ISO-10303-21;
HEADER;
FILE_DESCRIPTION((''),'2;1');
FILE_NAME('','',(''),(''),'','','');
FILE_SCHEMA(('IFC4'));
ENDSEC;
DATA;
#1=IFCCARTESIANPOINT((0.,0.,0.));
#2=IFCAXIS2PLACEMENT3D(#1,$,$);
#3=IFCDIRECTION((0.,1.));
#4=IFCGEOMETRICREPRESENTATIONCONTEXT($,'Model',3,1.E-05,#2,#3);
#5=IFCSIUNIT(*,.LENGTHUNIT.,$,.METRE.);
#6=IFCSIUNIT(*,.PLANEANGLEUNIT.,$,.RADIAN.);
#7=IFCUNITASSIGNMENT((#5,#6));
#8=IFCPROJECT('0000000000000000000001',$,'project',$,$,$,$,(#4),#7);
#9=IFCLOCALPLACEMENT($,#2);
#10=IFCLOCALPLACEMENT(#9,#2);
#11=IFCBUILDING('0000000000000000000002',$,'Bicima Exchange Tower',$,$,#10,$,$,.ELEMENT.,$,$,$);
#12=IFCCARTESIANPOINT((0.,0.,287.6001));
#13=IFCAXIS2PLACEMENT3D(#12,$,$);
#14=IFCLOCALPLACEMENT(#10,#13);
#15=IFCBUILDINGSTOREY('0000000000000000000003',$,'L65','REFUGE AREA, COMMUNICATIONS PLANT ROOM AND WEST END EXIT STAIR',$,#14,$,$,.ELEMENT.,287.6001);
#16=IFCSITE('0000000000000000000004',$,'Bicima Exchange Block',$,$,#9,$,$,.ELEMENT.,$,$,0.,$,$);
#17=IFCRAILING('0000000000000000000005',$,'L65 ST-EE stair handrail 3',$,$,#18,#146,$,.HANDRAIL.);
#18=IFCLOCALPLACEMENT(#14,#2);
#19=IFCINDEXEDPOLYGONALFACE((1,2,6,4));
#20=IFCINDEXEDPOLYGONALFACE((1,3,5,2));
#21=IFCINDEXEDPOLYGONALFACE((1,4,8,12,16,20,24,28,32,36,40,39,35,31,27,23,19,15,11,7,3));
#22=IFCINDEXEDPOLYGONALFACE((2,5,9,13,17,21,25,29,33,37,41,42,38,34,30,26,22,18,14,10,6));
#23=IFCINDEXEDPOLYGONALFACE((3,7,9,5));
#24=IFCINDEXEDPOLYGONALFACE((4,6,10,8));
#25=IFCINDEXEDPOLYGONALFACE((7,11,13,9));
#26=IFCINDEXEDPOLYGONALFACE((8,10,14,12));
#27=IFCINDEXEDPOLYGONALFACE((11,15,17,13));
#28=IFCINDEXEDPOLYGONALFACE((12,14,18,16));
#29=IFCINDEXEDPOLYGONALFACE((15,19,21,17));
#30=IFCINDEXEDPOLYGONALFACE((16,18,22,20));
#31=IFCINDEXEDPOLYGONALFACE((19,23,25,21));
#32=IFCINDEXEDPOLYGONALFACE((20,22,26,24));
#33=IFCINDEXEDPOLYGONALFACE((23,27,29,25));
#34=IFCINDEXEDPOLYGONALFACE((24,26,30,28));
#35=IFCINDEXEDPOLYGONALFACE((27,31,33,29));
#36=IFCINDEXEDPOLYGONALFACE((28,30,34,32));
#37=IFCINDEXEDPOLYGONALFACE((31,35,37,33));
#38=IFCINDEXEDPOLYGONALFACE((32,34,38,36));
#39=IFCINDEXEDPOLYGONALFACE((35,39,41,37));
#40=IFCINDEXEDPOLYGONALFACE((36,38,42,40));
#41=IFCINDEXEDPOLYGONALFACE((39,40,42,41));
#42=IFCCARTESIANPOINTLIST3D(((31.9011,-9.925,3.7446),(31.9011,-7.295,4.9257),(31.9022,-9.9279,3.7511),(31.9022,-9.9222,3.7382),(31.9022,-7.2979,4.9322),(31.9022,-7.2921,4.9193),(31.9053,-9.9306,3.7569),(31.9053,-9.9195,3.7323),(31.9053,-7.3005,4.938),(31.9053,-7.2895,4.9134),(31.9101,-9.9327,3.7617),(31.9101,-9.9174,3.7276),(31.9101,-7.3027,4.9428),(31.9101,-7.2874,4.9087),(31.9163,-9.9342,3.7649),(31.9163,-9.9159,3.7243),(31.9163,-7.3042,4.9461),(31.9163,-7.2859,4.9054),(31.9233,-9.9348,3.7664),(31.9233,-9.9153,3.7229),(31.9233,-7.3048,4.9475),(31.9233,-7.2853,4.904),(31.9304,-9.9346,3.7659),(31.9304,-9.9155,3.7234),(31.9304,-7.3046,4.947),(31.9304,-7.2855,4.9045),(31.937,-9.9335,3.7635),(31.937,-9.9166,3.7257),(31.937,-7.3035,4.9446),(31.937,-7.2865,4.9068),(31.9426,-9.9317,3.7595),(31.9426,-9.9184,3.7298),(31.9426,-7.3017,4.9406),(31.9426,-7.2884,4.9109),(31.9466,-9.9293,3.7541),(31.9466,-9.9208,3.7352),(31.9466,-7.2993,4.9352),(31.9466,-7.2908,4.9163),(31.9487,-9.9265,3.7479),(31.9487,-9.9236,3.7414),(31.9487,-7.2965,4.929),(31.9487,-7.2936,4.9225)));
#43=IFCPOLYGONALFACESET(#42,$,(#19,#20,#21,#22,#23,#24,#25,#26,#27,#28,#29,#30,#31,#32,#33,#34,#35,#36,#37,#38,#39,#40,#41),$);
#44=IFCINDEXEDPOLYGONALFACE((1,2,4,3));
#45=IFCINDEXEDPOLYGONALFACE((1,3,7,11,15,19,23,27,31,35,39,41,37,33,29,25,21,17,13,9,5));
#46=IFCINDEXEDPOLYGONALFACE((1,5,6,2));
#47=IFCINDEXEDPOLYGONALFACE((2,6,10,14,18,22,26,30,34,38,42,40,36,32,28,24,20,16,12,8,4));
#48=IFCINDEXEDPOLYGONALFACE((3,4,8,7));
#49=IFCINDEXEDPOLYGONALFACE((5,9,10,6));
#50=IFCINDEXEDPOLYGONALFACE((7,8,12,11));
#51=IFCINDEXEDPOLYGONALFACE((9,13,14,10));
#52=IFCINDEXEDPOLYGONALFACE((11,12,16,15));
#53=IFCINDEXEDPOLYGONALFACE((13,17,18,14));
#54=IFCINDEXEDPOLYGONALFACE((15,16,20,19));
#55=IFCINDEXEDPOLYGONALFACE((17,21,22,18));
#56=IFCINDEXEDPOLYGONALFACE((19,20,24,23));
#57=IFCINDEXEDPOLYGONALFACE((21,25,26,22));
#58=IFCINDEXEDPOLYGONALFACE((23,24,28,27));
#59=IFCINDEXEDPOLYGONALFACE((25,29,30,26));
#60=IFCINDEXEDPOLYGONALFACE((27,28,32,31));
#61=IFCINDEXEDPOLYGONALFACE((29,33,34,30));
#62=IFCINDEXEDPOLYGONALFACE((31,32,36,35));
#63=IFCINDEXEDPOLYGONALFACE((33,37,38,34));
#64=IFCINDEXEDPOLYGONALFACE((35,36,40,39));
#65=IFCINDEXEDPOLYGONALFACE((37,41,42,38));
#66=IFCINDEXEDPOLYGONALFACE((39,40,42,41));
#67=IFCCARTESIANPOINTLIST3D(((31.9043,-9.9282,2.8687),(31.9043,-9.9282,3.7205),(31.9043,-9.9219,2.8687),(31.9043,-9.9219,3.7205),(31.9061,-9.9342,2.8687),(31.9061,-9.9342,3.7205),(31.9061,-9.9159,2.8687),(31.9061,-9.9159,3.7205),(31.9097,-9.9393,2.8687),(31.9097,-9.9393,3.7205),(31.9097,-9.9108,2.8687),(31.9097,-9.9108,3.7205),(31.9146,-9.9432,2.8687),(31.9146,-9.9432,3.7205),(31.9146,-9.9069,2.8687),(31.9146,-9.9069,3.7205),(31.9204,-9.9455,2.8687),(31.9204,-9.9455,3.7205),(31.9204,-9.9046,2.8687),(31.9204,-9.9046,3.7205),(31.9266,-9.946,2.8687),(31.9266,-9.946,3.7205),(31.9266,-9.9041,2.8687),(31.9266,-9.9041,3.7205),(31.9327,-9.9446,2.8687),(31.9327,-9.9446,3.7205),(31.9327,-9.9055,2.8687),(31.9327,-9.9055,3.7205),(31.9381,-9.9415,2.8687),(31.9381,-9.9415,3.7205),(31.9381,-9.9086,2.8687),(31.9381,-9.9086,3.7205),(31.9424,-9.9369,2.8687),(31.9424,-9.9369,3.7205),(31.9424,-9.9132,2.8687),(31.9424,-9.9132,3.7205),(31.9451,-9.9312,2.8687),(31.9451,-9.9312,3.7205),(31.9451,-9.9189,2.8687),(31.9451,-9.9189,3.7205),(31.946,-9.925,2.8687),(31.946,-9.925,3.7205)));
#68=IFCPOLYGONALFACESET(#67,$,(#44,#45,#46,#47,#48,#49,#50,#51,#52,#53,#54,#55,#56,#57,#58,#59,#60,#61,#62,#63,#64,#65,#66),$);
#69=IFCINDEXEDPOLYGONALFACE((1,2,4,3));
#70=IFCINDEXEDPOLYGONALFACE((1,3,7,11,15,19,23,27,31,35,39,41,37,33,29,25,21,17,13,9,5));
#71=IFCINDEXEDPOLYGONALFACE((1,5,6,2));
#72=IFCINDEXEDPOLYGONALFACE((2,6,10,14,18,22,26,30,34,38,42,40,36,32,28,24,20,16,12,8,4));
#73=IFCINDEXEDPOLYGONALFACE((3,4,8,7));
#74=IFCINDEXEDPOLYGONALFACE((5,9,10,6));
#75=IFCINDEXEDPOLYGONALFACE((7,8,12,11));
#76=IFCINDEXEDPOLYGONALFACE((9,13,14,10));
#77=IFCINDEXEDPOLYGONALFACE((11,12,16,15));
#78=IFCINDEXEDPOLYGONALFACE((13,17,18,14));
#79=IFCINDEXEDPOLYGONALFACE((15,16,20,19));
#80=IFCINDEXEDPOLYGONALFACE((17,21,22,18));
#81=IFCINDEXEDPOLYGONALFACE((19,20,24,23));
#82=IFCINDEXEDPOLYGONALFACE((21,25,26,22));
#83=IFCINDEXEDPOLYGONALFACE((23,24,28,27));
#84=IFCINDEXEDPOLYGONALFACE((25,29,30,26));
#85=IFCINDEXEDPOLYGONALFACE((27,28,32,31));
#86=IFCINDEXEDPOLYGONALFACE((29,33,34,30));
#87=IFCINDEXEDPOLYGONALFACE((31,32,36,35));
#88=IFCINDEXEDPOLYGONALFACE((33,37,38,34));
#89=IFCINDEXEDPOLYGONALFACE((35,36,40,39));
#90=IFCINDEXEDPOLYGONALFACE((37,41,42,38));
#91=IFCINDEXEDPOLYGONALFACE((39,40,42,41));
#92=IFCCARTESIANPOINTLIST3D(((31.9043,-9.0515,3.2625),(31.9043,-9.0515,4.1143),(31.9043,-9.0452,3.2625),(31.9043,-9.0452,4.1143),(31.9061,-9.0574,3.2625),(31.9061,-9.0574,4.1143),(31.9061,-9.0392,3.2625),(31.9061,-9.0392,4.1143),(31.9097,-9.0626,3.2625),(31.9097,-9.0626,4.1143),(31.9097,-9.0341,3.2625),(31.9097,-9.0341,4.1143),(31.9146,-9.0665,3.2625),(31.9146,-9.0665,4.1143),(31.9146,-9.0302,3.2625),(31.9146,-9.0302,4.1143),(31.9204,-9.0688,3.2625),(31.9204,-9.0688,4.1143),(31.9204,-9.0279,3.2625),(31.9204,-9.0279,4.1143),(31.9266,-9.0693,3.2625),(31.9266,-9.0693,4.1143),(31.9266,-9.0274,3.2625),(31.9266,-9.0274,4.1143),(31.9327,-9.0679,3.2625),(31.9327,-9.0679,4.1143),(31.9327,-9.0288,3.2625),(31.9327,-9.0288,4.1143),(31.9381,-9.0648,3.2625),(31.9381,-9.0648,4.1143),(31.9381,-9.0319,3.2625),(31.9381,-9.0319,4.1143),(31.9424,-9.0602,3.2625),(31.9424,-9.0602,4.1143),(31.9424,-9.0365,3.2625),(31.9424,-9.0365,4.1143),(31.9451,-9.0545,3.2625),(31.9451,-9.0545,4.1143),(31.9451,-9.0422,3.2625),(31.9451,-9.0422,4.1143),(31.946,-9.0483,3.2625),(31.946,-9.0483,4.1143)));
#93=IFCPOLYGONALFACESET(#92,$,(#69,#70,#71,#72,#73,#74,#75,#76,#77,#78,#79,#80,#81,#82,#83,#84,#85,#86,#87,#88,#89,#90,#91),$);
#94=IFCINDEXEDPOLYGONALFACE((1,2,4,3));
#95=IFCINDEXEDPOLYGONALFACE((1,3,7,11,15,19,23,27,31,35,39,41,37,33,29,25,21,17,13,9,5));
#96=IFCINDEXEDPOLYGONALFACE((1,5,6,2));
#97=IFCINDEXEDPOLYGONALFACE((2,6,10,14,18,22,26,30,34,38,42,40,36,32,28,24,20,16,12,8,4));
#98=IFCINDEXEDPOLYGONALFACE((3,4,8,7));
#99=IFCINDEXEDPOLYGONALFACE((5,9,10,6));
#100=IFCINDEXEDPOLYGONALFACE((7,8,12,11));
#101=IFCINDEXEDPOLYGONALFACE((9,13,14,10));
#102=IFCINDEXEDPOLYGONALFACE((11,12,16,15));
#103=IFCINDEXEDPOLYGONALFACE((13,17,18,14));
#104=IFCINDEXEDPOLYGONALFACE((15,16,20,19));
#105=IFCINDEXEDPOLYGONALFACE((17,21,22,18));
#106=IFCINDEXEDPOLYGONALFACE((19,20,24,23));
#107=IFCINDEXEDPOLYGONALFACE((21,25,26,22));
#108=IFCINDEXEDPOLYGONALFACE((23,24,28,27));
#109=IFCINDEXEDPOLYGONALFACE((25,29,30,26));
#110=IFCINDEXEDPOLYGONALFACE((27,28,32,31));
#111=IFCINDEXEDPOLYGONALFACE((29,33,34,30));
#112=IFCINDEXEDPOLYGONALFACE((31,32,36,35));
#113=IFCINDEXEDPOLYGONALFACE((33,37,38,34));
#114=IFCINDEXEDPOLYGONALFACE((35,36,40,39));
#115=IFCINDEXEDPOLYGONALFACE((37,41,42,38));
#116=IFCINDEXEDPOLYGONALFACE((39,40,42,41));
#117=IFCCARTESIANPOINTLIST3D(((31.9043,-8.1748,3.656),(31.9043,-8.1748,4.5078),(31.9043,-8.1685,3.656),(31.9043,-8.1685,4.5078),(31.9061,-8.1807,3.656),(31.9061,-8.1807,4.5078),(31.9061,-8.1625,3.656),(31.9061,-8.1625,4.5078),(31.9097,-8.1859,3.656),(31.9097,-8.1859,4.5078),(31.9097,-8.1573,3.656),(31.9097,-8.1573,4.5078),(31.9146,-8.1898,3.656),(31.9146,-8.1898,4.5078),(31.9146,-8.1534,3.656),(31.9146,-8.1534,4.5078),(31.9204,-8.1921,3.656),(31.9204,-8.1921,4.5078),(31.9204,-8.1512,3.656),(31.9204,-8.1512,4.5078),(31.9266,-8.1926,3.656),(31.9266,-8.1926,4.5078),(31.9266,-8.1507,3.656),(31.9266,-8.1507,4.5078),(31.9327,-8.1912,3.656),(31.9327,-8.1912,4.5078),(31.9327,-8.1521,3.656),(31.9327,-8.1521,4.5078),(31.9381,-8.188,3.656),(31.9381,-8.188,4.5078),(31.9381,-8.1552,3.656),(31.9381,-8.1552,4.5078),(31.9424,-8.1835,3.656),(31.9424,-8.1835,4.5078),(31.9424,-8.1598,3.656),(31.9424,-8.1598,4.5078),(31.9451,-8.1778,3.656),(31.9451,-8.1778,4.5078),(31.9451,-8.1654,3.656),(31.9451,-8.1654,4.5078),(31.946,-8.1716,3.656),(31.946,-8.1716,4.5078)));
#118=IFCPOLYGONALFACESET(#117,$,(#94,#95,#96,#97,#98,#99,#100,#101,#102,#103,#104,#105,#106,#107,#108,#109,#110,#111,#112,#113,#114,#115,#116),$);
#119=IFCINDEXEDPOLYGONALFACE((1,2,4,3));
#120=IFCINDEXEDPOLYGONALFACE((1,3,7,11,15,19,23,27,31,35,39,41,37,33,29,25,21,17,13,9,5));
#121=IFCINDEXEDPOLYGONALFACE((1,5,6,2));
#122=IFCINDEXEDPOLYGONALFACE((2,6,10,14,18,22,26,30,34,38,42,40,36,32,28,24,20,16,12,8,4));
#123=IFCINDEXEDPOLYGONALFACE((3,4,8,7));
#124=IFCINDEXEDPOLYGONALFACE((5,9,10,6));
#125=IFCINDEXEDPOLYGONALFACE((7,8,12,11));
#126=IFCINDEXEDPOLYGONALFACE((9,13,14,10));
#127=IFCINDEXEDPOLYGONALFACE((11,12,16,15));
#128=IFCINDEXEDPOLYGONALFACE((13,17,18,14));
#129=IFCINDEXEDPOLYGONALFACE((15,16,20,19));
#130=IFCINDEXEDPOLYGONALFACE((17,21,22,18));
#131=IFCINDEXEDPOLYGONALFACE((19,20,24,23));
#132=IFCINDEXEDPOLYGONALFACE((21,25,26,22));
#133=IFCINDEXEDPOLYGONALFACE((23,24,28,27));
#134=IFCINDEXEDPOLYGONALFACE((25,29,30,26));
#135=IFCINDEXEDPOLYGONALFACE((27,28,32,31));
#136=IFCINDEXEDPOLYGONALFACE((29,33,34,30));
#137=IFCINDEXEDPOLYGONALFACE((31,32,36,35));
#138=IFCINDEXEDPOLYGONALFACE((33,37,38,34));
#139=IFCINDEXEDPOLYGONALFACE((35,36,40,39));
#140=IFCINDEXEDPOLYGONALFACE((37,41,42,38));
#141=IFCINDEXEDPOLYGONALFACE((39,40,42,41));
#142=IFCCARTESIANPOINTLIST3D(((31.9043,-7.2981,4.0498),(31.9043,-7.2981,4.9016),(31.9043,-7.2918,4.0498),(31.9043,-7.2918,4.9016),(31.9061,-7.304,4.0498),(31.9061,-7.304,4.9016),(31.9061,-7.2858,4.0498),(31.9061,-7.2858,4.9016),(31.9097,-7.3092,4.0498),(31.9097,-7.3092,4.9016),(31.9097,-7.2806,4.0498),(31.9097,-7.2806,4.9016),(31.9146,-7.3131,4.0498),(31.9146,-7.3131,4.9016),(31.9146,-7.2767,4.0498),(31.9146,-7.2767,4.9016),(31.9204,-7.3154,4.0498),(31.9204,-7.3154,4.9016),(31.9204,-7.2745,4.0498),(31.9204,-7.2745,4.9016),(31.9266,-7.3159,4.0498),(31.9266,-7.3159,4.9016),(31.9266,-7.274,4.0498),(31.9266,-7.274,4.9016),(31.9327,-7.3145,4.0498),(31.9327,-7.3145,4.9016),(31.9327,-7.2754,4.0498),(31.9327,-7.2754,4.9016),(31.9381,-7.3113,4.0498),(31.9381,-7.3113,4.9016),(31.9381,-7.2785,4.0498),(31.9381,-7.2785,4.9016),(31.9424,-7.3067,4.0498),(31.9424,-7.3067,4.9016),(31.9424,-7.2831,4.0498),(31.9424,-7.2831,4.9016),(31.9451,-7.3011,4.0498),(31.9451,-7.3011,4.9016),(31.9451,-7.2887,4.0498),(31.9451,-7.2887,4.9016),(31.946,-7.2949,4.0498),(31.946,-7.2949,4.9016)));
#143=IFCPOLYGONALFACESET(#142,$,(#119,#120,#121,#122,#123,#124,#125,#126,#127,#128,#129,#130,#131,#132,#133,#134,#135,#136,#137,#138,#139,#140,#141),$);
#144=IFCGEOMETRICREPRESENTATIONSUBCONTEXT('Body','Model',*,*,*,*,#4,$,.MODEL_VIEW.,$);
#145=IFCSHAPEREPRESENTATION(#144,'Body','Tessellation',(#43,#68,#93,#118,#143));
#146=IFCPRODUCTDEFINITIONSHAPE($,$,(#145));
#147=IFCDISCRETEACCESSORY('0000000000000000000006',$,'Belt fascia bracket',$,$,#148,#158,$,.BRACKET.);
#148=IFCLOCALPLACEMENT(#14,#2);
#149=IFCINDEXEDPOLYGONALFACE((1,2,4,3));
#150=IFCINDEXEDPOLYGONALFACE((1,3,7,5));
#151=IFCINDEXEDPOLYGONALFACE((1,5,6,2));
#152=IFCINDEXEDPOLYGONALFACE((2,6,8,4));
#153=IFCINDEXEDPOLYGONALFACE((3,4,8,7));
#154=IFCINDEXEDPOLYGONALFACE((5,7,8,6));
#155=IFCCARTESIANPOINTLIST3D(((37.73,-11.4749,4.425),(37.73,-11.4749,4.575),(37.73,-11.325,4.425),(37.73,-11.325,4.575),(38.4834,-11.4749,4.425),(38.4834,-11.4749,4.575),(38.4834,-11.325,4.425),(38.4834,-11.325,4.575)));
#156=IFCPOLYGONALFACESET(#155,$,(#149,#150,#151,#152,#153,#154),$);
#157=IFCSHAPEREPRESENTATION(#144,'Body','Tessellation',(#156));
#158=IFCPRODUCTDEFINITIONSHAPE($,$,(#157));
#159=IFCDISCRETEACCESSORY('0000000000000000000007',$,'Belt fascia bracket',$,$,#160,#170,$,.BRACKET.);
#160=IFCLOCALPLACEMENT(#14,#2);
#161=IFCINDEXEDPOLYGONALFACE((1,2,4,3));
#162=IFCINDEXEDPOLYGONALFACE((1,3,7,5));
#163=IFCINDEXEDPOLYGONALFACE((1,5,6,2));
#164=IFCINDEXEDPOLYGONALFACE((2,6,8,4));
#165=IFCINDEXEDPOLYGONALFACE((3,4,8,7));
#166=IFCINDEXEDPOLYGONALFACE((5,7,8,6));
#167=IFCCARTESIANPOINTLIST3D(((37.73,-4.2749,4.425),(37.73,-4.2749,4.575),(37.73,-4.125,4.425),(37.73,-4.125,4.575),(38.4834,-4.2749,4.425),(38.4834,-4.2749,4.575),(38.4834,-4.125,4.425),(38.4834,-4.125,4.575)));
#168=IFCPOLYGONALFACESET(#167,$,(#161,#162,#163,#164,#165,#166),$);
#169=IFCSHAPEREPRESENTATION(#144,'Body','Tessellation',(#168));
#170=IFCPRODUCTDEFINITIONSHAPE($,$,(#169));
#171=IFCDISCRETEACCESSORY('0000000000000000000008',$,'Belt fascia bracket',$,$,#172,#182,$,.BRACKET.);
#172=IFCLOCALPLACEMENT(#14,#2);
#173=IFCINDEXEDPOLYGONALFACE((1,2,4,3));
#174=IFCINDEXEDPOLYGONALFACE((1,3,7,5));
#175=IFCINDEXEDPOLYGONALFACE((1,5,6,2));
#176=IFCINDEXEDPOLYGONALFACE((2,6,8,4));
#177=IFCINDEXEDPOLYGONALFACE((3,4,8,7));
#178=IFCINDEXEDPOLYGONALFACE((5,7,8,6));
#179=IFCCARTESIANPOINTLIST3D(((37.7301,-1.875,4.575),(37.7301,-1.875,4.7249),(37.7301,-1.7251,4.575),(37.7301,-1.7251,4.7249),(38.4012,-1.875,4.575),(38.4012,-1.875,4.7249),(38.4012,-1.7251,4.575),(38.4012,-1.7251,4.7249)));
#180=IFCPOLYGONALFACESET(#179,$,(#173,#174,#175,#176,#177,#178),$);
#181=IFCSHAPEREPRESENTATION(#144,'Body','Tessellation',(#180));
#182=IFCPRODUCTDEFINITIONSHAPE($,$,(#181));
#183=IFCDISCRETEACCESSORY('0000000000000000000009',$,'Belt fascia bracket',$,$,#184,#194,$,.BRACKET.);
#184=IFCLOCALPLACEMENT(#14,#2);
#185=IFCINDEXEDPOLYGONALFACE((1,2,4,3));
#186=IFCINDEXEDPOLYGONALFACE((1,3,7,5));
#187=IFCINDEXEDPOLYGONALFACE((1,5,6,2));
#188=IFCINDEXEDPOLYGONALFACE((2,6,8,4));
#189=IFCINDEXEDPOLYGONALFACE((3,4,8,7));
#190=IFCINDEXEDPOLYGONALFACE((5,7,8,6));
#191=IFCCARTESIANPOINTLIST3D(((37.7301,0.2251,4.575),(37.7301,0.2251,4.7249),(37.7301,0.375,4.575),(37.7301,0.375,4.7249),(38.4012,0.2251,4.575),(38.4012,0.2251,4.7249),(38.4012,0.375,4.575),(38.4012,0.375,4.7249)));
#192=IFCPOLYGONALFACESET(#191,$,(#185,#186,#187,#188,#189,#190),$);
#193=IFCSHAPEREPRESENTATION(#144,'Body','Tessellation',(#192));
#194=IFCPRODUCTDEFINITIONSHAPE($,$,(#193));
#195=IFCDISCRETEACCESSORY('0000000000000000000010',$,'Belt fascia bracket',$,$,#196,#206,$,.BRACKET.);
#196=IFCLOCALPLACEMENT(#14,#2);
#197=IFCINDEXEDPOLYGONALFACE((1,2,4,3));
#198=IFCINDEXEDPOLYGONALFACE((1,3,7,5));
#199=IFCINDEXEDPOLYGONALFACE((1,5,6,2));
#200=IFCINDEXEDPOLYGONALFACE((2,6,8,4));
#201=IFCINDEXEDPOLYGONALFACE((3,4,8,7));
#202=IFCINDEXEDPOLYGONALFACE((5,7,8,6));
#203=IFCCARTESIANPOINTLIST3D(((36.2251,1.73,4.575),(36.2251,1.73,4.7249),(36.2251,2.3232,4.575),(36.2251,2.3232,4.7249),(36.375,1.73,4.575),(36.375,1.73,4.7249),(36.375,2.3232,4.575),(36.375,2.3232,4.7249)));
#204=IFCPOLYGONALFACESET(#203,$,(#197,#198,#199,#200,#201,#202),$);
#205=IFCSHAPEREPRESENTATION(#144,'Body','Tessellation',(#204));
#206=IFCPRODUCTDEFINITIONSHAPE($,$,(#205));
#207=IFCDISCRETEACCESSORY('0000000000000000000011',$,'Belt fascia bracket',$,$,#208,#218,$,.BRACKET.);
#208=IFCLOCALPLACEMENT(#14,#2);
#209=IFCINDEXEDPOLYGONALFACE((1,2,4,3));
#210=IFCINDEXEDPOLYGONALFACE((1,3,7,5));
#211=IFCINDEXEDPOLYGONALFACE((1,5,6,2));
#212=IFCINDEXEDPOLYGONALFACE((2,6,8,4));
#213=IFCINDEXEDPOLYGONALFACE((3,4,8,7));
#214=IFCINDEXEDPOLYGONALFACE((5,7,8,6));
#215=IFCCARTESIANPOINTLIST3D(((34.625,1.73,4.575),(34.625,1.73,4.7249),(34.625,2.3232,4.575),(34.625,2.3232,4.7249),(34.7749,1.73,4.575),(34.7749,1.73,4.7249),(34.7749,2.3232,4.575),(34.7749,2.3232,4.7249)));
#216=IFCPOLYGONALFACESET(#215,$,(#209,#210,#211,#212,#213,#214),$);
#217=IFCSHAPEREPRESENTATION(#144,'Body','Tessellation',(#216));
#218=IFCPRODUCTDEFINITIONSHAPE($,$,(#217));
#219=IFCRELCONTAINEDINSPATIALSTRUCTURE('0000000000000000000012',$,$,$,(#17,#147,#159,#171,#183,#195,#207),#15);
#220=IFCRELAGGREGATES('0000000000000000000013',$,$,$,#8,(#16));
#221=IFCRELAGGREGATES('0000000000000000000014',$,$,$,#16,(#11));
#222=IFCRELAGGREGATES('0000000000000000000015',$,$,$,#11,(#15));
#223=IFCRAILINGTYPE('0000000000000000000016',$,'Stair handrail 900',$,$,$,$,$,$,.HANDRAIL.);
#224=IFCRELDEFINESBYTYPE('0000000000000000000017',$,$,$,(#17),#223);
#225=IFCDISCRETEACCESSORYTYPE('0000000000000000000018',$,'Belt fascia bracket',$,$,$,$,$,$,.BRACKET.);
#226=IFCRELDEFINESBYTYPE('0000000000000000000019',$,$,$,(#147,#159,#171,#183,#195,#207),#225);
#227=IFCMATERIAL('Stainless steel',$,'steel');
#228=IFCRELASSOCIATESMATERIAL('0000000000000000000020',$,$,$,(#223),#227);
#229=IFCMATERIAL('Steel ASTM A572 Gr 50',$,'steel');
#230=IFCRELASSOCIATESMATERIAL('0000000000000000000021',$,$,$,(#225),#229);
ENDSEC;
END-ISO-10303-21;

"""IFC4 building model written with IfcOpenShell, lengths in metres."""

from ifc_helpers import new_model, si_unit, direction, frame, origin, origin_2d, place, context, subcontext, project, spatial, rectangle, circle, extrude, material, type_object, element, save


model = new_model("IFC4")

# Units and contexts
model_context = context("Model", 3, precision=1e-05, world=origin(), true_north=direction((0.0, 1.0)))
body_context = subcontext(model_context, "Body", "Model", "MODEL_VIEW")
ifc_project = project(units=[si_unit("LENGTHUNIT", "METRE"), si_unit("PLANEANGLEUNIT", "RADIAN")], contexts=[model_context])

# Site, building, storey
site_placement = place(None, origin())
site = spatial("IfcSite", under=ifc_project, at=site_placement, Name="Bicima Exchange Block", CompositionType="ELEMENT", RefElevation=0.0)
building_placement = place(site_placement, origin())
building = spatial("IfcBuilding", under=site, at=building_placement, Name="Bicima Exchange Tower", CompositionType="ELEMENT")
storey_placement = place(building_placement, frame((0.0, 0.0, 287.6001)))
storey = spatial("IfcBuildingStorey", under=building, at=storey_placement, Name="L65", Description="REFUGE AREA, COMMUNICATIONS PLANT ROOM AND WEST END EXIT STAIR", CompositionType="ELEMENT", Elevation=287.6001)

# Shared definitions
ifc_material_1 = material(Name="Steel ASTM A572 Gr 50", Category="steel")

# Railing
ifc_material_2 = material(Name="Stainless steel", Category="steel")
railing_type_1 = type_object("IfcRailingType", Name="Stair handrail 900", PredefinedType="HANDRAIL", material=ifc_material_2)
for number, where, name in (
    (1, (31.925, -9.925, 2.8687), "L65 ST-EE stair handrail 3"),
):
    element("IfcRailing", number, at=place(storey_placement, frame(where)), inside=storey, type_object=railing_type_1, Name=name, PredefinedType="HANDRAIL", context=body_context, shape_type="SweptSolid", body=[
        extrude(circle(Radius=0.0239, at=origin_2d()), frame((0.0, 0.0, 0.876), z_axis=(0.0, 0.912233, 0.409671), x_axis=(-1.0, 0.0, 0.0)), (0.0, 0.0, 1.0), 2.8831),
        extrude(circle(Radius=0.021, at=origin_2d()), origin(), (0.0, 0.0, 1.0), 0.8518),
        extrude(circle(Radius=0.021, at=origin_2d()), frame((0.0, 0.8767, 0.3938)), (0.0, 0.0, 1.0), 0.8518),
        extrude(circle(Radius=0.021, at=origin_2d()), frame((0.0, 1.7534, 0.7874)), (0.0, 0.0, 1.0), 0.8518),
        extrude(circle(Radius=0.021, at=origin_2d()), frame((0.0, 2.6301, 1.1812)), (0.0, 0.0, 1.0), 0.8518),
    ])

# Discrete accessories
discrete_accessory_type = type_object("IfcDiscreteAccessoryType", Name="Belt fascia bracket", PredefinedType="BRACKET", material=ifc_material_1)
for number, where, z_axis, x_axis, name in (
    (2, (38.1067, -11.3999, 4.425), (0.0, 0.0, 1.0), (0.0, 1.0, 0.0), "Belt fascia bracket"),
    (3, (38.1067, -4.2, 4.425), (0.0, 0.0, 1.0), (0.0, 1.0, 0.0), "Belt fascia bracket"),
):
    element("IfcDiscreteAccessory", number, at=place(storey_placement, frame(where, z_axis=z_axis, x_axis=x_axis)), inside=storey, type_object=discrete_accessory_type, Name=name, PredefinedType="BRACKET", context=body_context, shape_type="SweptSolid", body=[
        extrude(rectangle(XDim=0.1499, YDim=0.7534, at=origin_2d()), origin(), (0.0, 0.0, 1.0), 0.1499),
    ])
for number, where, z_axis, x_axis, name in (
    (4, (38.0657, -1.8, 4.575), (0.0, 0.0, 1.0), (0.0, 1.0, 0.0), "Belt fascia bracket"),
    (5, (38.0657, 0.3, 4.575), (0.0, 0.0, 1.0), (0.0, 1.0, 0.0), "Belt fascia bracket"),
):
    element("IfcDiscreteAccessory", number, at=place(storey_placement, frame(where, z_axis=z_axis, x_axis=x_axis)), inside=storey, type_object=discrete_accessory_type, Name=name, PredefinedType="BRACKET", context=body_context, shape_type="SweptSolid", body=[
        extrude(rectangle(XDim=0.1499, YDim=0.6711, at=origin_2d()), origin(), (0.0, 0.0, 1.0), 0.1499),
    ])
for number, where, z_axis, x_axis, name in (
    (6, (36.3, 2.0266, 4.575), (0.0, 0.0, 1.0), (-1.0, 0.0, 0.0), "Belt fascia bracket"),
    (7, (34.7, 2.0266, 4.575), (0.0, 0.0, 1.0), (-1.0, 0.0, 0.0), "Belt fascia bracket"),
):
    element("IfcDiscreteAccessory", number, at=place(storey_placement, frame(where, z_axis=z_axis, x_axis=x_axis)), inside=storey, type_object=discrete_accessory_type, Name=name, PredefinedType="BRACKET", context=body_context, shape_type="SweptSolid", body=[
        extrude(rectangle(XDim=0.1499, YDim=0.5933, at=origin_2d()), origin(), (0.0, 0.0, 1.0), 0.1499),
    ])

save(model, "model.ifc")
